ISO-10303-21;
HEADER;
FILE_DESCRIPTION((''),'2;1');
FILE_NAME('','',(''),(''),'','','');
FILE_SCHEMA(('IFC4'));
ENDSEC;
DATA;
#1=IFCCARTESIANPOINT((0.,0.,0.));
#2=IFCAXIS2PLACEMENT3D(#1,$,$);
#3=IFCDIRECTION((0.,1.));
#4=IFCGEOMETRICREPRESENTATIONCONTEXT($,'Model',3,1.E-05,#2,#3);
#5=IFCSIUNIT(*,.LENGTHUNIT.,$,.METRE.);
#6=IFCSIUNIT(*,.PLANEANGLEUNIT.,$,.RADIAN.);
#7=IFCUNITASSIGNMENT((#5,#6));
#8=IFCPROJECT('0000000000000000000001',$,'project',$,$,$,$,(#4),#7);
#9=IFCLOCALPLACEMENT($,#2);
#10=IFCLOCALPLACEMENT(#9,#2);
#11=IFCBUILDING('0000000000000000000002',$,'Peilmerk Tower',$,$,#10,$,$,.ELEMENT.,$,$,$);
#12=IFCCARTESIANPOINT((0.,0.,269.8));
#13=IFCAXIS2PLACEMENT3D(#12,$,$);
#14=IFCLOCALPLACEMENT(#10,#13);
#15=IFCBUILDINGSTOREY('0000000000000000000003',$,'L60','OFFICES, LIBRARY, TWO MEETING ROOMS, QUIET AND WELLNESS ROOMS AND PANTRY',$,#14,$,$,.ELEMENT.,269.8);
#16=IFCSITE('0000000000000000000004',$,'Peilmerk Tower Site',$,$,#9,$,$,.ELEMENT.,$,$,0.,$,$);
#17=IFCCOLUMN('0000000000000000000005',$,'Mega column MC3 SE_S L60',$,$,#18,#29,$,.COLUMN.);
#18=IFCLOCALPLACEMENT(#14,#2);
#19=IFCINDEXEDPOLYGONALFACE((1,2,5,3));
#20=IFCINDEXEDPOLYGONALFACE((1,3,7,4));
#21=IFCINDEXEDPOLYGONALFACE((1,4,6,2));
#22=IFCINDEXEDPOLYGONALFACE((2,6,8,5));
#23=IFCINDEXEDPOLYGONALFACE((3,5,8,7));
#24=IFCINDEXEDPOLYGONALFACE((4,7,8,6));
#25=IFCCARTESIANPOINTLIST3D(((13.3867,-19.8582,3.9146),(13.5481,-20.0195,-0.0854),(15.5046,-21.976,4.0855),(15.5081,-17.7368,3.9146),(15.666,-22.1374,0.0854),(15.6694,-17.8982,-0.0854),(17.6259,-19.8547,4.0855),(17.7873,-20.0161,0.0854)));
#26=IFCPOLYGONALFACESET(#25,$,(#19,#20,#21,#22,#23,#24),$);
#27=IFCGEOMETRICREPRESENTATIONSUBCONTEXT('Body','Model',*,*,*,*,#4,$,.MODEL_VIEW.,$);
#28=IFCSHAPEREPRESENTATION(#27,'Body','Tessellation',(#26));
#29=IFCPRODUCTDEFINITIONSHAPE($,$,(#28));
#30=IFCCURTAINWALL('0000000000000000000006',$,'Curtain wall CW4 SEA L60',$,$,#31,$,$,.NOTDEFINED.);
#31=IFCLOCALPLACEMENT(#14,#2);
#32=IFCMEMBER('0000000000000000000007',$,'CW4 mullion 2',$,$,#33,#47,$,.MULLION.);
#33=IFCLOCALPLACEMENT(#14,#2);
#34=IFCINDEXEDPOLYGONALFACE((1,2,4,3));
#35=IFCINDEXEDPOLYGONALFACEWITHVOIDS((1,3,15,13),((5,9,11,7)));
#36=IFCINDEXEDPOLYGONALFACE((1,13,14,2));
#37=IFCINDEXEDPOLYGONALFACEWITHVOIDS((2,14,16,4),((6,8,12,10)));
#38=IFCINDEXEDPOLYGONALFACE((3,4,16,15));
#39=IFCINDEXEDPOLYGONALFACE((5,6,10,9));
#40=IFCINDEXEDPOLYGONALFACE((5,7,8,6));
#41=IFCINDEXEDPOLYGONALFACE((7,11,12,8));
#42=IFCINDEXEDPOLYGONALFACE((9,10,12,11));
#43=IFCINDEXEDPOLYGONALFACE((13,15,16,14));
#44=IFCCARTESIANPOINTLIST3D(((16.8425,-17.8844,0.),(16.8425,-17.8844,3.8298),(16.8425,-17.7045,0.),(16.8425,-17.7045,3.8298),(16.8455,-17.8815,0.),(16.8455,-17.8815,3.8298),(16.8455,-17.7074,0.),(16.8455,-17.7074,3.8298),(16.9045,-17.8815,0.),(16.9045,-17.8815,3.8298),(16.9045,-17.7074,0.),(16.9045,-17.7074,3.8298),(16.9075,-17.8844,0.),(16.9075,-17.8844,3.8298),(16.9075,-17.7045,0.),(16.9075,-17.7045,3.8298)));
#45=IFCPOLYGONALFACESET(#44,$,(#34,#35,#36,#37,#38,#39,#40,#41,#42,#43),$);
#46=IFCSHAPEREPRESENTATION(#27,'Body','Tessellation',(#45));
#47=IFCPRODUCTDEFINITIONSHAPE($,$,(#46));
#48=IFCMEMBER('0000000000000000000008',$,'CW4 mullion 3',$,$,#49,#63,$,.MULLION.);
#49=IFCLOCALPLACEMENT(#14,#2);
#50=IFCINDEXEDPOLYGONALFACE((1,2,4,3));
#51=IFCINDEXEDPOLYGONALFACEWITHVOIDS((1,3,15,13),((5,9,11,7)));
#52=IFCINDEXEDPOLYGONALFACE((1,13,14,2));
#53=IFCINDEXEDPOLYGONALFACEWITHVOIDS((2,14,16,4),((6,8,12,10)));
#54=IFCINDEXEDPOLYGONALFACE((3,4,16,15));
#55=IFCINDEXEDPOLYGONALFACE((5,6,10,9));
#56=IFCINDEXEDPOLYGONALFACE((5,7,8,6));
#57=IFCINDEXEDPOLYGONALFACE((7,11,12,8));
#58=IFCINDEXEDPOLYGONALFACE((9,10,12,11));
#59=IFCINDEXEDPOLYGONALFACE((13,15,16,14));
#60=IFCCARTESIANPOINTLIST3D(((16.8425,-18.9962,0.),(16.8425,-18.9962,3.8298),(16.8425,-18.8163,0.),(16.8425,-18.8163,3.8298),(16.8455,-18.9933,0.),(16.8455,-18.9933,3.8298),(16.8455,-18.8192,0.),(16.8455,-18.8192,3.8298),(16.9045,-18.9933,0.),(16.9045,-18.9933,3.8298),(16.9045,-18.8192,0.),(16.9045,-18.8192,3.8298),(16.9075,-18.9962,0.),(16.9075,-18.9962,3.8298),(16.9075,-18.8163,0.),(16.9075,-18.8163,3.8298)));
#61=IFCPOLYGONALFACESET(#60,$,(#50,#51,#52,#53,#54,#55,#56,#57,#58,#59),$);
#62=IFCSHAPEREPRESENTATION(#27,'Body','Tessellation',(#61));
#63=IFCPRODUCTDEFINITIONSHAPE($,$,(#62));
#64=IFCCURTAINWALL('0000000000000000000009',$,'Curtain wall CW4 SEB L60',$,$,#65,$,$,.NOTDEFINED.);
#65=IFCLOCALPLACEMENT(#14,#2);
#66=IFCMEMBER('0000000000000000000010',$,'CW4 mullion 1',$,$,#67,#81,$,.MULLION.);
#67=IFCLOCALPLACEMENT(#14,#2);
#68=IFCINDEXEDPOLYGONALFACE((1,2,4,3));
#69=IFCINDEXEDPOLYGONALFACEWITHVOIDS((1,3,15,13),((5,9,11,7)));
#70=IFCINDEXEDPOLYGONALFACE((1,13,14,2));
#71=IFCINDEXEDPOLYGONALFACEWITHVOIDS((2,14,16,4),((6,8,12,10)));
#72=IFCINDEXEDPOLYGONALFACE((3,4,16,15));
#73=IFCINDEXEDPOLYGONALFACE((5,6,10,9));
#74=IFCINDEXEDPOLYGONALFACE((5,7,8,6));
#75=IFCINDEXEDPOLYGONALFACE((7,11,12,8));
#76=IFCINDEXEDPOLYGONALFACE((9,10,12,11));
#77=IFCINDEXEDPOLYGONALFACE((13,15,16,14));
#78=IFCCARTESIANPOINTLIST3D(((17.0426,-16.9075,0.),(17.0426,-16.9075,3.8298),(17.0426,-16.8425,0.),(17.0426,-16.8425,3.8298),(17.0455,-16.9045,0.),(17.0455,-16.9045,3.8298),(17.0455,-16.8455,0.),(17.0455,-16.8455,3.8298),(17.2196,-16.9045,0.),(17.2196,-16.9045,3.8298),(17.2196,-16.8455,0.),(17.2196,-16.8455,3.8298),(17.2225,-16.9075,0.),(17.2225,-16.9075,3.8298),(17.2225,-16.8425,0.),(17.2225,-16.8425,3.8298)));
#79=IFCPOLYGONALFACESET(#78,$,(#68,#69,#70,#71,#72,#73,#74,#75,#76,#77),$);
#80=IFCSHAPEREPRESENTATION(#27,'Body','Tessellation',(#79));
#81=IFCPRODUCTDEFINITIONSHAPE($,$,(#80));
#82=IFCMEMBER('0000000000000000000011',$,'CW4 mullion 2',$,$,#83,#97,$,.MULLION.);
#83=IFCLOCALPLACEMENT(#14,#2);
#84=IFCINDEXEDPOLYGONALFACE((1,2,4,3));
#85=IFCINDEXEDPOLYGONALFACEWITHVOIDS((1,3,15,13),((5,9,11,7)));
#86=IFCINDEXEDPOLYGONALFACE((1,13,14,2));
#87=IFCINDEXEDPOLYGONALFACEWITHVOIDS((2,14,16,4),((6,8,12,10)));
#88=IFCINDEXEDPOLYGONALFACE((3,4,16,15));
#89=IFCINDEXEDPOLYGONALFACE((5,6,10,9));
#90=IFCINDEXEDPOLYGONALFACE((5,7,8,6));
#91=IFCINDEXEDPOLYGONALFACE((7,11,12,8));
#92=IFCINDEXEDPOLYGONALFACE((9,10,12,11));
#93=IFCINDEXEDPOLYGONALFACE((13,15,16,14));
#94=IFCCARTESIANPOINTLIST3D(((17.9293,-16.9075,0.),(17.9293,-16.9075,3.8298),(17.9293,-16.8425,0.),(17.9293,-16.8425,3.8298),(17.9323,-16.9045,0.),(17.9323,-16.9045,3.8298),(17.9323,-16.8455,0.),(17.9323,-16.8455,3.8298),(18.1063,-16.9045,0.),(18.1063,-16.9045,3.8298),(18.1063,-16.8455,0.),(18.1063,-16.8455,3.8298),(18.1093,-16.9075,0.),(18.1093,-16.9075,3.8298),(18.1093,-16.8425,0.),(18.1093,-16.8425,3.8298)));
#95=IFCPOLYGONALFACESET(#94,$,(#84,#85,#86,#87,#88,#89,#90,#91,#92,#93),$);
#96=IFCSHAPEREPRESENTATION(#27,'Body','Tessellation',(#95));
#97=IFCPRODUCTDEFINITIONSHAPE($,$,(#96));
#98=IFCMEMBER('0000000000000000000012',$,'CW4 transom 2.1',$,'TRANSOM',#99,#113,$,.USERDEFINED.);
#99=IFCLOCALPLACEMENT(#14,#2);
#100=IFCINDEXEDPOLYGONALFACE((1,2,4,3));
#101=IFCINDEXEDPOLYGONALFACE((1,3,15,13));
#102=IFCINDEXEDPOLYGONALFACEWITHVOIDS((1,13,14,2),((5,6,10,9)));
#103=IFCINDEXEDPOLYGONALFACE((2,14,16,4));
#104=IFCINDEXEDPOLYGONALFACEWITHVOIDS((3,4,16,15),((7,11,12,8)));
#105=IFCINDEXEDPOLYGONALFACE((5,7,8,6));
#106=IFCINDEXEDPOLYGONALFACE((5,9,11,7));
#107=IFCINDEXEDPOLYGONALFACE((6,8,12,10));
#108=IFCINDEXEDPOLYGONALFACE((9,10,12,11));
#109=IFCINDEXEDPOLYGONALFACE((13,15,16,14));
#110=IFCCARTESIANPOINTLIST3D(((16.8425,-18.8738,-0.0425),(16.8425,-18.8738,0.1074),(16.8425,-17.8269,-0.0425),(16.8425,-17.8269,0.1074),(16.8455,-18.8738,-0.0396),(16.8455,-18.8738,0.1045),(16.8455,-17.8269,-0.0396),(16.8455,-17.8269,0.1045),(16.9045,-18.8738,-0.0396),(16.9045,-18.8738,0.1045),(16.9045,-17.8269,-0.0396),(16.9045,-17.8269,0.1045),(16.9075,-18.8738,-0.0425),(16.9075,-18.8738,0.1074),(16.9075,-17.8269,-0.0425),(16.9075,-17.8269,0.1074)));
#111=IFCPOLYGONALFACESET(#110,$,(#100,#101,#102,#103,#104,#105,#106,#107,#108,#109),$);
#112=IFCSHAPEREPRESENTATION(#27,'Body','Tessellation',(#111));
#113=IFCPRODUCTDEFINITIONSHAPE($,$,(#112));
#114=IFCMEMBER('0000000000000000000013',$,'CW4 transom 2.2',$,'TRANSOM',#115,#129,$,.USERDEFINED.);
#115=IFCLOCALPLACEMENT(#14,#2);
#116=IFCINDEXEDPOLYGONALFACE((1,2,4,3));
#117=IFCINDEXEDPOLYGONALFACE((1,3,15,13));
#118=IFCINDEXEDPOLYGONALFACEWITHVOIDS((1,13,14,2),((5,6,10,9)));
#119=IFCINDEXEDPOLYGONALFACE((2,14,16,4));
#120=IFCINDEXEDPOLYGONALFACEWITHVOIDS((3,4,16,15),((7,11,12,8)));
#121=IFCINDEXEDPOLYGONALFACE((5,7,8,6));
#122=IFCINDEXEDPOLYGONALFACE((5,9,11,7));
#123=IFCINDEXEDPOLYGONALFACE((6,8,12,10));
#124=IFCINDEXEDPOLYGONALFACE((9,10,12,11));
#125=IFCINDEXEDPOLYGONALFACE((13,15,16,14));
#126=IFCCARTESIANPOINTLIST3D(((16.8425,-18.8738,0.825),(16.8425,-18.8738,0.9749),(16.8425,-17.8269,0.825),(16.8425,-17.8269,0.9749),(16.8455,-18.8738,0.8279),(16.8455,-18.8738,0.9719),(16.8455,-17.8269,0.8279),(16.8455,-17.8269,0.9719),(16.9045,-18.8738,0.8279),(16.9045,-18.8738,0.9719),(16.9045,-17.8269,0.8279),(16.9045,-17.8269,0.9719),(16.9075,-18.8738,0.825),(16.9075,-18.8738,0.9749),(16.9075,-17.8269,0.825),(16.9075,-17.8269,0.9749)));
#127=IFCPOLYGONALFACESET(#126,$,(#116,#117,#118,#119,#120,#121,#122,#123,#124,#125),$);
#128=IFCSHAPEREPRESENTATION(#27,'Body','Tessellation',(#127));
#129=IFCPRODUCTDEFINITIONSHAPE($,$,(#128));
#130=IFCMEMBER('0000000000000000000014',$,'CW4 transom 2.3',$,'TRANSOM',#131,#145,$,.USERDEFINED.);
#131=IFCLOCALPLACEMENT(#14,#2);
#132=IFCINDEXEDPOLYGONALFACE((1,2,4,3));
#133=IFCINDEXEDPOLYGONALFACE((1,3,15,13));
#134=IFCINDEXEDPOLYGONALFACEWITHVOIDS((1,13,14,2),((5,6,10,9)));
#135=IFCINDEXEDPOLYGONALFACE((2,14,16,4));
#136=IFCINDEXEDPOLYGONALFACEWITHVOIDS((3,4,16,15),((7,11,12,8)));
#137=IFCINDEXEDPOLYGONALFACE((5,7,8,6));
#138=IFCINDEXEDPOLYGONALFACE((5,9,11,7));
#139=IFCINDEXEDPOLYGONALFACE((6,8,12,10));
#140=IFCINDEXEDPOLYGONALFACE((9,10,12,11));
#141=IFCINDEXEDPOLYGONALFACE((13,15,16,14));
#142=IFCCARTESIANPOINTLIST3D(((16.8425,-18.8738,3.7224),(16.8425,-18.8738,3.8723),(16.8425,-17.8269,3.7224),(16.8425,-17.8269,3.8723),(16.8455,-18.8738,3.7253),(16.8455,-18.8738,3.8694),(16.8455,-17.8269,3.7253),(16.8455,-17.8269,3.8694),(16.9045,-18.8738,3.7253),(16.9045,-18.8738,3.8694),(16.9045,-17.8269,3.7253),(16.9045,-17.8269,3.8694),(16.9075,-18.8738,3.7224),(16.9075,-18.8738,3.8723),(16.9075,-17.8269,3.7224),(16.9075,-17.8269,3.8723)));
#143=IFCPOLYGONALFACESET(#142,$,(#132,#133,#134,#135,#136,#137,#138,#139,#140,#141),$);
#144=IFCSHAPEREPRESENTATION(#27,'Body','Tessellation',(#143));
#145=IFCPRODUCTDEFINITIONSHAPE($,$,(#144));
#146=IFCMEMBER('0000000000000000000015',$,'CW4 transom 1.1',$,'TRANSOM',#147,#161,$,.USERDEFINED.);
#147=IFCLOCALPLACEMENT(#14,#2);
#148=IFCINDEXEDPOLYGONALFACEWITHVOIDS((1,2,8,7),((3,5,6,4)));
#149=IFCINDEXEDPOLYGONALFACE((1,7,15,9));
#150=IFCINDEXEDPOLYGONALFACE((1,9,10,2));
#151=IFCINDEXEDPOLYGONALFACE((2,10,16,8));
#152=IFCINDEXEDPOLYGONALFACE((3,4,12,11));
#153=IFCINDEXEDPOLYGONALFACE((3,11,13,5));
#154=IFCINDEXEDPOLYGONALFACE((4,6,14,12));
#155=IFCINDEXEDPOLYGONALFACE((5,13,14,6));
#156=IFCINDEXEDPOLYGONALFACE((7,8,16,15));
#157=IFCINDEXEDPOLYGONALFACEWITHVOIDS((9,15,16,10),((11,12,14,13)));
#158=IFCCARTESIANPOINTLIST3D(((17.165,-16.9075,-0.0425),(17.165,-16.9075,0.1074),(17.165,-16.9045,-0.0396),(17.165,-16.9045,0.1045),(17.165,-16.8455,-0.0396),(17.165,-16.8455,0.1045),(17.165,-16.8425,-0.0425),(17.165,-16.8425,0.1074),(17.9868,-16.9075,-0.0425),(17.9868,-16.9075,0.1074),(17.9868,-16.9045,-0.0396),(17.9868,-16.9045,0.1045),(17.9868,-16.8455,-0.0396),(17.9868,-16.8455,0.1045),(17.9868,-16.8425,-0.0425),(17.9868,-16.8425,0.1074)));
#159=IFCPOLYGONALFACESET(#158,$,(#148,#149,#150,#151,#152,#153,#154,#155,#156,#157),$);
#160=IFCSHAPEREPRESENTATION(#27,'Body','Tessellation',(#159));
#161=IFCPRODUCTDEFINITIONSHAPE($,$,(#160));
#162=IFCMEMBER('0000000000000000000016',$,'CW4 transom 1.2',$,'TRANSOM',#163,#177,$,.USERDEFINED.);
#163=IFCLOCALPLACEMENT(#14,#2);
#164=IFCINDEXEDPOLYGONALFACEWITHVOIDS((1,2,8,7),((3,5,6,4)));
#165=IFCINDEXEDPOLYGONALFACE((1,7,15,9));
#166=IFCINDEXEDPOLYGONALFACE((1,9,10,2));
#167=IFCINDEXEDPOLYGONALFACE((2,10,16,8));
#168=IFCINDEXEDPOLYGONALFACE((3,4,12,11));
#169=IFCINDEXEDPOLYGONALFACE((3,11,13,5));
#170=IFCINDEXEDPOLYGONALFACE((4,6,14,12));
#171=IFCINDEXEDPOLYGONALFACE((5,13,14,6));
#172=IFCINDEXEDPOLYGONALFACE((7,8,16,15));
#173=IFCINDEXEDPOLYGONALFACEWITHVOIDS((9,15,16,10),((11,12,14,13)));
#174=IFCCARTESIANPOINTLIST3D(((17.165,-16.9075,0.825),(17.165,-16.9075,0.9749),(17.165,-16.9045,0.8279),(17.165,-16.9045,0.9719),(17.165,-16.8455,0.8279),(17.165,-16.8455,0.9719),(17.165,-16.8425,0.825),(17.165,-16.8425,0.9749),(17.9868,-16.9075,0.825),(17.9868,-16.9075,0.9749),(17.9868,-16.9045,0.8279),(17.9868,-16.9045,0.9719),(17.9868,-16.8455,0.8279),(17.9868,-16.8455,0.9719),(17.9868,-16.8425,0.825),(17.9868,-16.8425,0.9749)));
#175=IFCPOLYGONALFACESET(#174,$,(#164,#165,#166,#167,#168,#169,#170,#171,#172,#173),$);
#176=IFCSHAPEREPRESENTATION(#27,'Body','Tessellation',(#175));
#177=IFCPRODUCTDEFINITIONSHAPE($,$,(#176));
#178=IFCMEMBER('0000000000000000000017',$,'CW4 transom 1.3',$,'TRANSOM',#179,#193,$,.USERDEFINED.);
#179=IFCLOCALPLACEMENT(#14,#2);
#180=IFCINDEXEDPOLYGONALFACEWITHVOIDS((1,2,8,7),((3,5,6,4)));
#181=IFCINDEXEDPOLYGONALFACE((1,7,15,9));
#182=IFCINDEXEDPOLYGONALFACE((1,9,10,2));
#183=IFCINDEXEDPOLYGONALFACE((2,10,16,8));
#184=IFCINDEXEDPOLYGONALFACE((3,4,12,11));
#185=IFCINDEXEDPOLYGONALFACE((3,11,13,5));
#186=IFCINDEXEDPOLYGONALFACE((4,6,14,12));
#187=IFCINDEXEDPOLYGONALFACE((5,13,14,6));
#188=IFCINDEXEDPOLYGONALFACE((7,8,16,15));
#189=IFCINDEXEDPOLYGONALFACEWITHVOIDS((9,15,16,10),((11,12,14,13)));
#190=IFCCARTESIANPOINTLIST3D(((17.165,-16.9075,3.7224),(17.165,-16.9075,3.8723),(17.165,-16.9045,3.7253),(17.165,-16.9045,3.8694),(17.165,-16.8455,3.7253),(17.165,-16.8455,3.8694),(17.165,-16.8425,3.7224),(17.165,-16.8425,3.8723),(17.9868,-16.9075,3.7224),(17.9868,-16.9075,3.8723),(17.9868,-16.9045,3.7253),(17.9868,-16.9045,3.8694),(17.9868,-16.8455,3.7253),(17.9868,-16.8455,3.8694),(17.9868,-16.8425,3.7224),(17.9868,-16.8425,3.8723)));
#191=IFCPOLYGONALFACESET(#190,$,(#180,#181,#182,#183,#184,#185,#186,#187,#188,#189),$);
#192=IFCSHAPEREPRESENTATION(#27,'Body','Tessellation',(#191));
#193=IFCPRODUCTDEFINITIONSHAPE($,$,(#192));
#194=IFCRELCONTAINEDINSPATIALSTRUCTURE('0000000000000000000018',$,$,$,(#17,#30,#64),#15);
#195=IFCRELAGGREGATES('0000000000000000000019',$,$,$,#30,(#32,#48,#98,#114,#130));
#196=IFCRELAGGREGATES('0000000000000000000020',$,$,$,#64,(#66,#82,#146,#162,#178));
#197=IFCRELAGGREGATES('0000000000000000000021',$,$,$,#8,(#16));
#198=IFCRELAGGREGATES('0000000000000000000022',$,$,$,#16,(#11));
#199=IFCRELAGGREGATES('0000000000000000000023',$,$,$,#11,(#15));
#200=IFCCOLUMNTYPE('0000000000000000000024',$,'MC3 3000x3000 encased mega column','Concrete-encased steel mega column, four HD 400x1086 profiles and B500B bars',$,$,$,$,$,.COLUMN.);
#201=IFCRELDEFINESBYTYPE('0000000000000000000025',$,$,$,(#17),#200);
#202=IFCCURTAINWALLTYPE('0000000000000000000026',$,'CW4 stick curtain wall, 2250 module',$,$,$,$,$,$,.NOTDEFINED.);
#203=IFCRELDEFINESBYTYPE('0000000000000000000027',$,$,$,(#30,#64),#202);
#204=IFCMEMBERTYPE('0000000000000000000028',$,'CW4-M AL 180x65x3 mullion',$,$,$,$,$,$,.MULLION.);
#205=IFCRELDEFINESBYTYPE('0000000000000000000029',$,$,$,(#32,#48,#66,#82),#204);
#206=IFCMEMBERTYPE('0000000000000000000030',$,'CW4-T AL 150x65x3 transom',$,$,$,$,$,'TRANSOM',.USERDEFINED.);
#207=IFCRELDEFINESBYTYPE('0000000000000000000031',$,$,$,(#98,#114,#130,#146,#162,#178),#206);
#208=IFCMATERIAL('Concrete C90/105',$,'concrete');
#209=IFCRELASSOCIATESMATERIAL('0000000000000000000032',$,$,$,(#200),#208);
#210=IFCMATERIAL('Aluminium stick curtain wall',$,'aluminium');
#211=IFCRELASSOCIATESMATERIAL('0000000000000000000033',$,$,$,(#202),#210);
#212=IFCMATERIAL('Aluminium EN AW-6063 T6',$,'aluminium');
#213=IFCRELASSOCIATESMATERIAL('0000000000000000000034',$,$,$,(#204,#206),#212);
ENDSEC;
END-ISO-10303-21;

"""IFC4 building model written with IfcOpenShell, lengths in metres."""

from ifc_helpers import new_model, si_unit, direction, frame, origin, origin_2d, place, context, subcontext, project, spatial, rectangle, hollow_rectangle, extrude, material, material_profile, profile_set, type_object, element, aggregate, save


model = new_model("IFC4")

# Units and contexts
model_context = context("Model", 3, precision=1e-05, world=origin(), true_north=direction((0.0, 1.0)))
body_context = subcontext(model_context, "Body", "Model", "MODEL_VIEW")
ifc_project = project(units=[si_unit("LENGTHUNIT", "METRE"), si_unit("PLANEANGLEUNIT", "RADIAN")], contexts=[model_context])

# Site, building, storey
site_placement = place(None, origin())
site = spatial("IfcSite", under=ifc_project, at=site_placement, Name="Peilmerk Tower Site", CompositionType="ELEMENT", RefElevation=0.0)
building_placement = place(site_placement, origin())
building = spatial("IfcBuilding", under=site, at=building_placement, Name="Peilmerk Tower", CompositionType="ELEMENT")
storey_placement = place(building_placement, frame((0.0, 0.0, 269.8)))
storey = spatial("IfcBuildingStorey", under=building, at=storey_placement, Name="L60", Description="OFFICES, LIBRARY, TWO MEETING ROOMS, QUIET AND WELLNESS ROOMS AND PANTRY", CompositionType="ELEMENT", Elevation=269.8)

# Column
ifc_material_1 = material(Name="Concrete C90/105", Category="concrete")
ifc_material_profile_1 = material_profile(ifc_material_1, rectangle(XDim=3.0, YDim=3.0, at=origin_2d()), Name="RC 3000x3000")
ifc_profile_set_1 = profile_set([ifc_material_profile_1], Name="Concrete C90/105")
column_type = type_object("IfcColumnType", Name="MC3 3000x3000 encased mega column", Description="Concrete-encased steel mega column, four HD 400x1086 profiles and B500B bars", PredefinedType="COLUMN", material=ifc_profile_set_1)
column_placement = place(storey_placement, frame((15.6677, -20.0178, 0.0), z_axis=(-0.040279, 0.040279, 0.998376), x_axis=(-0.707107, -0.707107, 0.0)))
element("IfcColumn", 1, at=column_placement, inside=storey, type_object=column_type, Name="Mega column MC3 SE_S L60", PredefinedType="COLUMN", context=body_context, shape_type="SweptSolid", body=[
    extrude(rectangle(XDim=3.0, YDim=3.0, at=origin_2d()), origin(), (0.0, 0.0, 1.0), 4.0066),
])

# Curtain walls, members
ifc_material_2 = material(Name="Aluminium stick curtain wall", Category="aluminium")
curtain_wall_type = type_object("IfcCurtainWallType", Name="CW4 stick curtain wall, 2250 module", PredefinedType="NOTDEFINED", material=ifc_material_2)
curtain_wall_1_placement = place(storey_placement, origin())
curtain_wall_1 = element("IfcCurtainWall", 2, at=curtain_wall_1_placement, inside=storey, type_object=curtain_wall_type, Name="Curtain wall CW4 SEA L60", PredefinedType="NOTDEFINED")
ifc_material_3 = material(Name="Aluminium EN AW-6063 T6", Category="aluminium")
ifc_material_profile_2 = material_profile(ifc_material_3, hollow_rectangle(XDim=0.0649, YDim=0.1799, WallThickness=0.0029, at=origin_2d()), Name="AL 180x65x3")
ifc_profile_set_2 = profile_set([ifc_material_profile_2], Name="Aluminium EN AW-6063 T6")
member_type_1 = type_object("IfcMemberType", Name="CW4-M AL 180x65x3 mullion", PredefinedType="MULLION", material=ifc_profile_set_2)
member_1_placement = place(storey_placement, frame((16.875, -17.7944, 0.0), z_axis=(0.0, 0.0, 1.0), x_axis=(1.0, 0.0, 0.0)))
member_1 = element("IfcMember", 3, at=member_1_placement, type_object=member_type_1, Name="CW4 mullion 2", PredefinedType="MULLION", context=body_context, shape_type="SweptSolid", body=[
    extrude(hollow_rectangle(XDim=0.0649, YDim=0.1799, WallThickness=0.0029, at=origin_2d()), origin(), (0.0, 0.0, 1.0), 3.8298),
])
member_2_placement = place(storey_placement, frame((16.875, -18.9062, 0.0), z_axis=(0.0, 0.0, 1.0), x_axis=(1.0, 0.0, 0.0)))
member_2 = element("IfcMember", 4, at=member_2_placement, type_object=member_type_1, Name="CW4 mullion 3", PredefinedType="MULLION", context=body_context, shape_type="SweptSolid", body=[
    extrude(hollow_rectangle(XDim=0.0649, YDim=0.1799, WallThickness=0.0029, at=origin_2d()), origin(), (0.0, 0.0, 1.0), 3.8298),
])
curtain_wall_2_placement = place(storey_placement, origin())
curtain_wall_2 = element("IfcCurtainWall", 5, at=curtain_wall_2_placement, inside=storey, type_object=curtain_wall_type, Name="Curtain wall CW4 SEB L60", PredefinedType="NOTDEFINED")
member_3_placement = place(storey_placement, frame((17.1326, -16.875, 0.0), z_axis=(0.0, 0.0, 1.0), x_axis=(0.0, 1.0, 0.0)))
member_3 = element("IfcMember", 6, at=member_3_placement, type_object=member_type_1, Name="CW4 mullion 1", PredefinedType="MULLION", context=body_context, shape_type="SweptSolid", body=[
    extrude(hollow_rectangle(XDim=0.0649, YDim=0.1799, WallThickness=0.0029, at=origin_2d()), origin(), (0.0, 0.0, 1.0), 3.8298),
])
member_4_placement = place(storey_placement, frame((18.0193, -16.875, 0.0), z_axis=(0.0, 0.0, 1.0), x_axis=(0.0, 1.0, 0.0)))
member_4 = element("IfcMember", 7, at=member_4_placement, type_object=member_type_1, Name="CW4 mullion 2", PredefinedType="MULLION", context=body_context, shape_type="SweptSolid", body=[
    extrude(hollow_rectangle(XDim=0.0649, YDim=0.1799, WallThickness=0.0029, at=origin_2d()), origin(), (0.0, 0.0, 1.0), 3.8298),
])

# Members
ifc_material_profile_3 = material_profile(ifc_material_3, hollow_rectangle(XDim=0.0649, YDim=0.1499, WallThickness=0.0029, at=origin_2d()), Name="AL 150x65x3")
ifc_profile_set_3 = profile_set([ifc_material_profile_3], Name="Aluminium EN AW-6063 T6")
member_type_2 = type_object("IfcMemberType", Name="CW4-T AL 150x65x3 transom", ElementType="TRANSOM", PredefinedType="USERDEFINED", material=ifc_profile_set_3)
member_5_placement = place(storey_placement, frame((16.875, -17.8269, 0.0325), z_axis=(0.0, -1.0, 0.0), x_axis=(1.0, 0.0, 0.0)))
member_5 = element("IfcMember", 8, at=member_5_placement, type_object=member_type_2, Name="CW4 transom 2.1", ObjectType="TRANSOM", PredefinedType="USERDEFINED", context=body_context, shape_type="SweptSolid", body=[
    extrude(hollow_rectangle(XDim=0.0649, YDim=0.1499, WallThickness=0.0029, at=origin_2d()), origin(), (0.0, 0.0, 1.0), 1.0469),
])
member_6_placement = place(storey_placement, frame((16.875, -17.8269, 0.8999), z_axis=(0.0, -1.0, 0.0), x_axis=(1.0, 0.0, 0.0)))
member_6 = element("IfcMember", 9, at=member_6_placement, type_object=member_type_2, Name="CW4 transom 2.2", ObjectType="TRANSOM", PredefinedType="USERDEFINED", context=body_context, shape_type="SweptSolid", body=[
    extrude(hollow_rectangle(XDim=0.0649, YDim=0.1499, WallThickness=0.0029, at=origin_2d()), origin(), (0.0, 0.0, 1.0), 1.0469),
])
member_7_placement = place(storey_placement, frame((16.875, -17.8269, 3.7974), z_axis=(0.0, -1.0, 0.0), x_axis=(1.0, 0.0, 0.0)))
member_7 = element("IfcMember", 10, at=member_7_placement, type_object=member_type_2, Name="CW4 transom 2.3", ObjectType="TRANSOM", PredefinedType="USERDEFINED", context=body_context, shape_type="SweptSolid", body=[
    extrude(hollow_rectangle(XDim=0.0649, YDim=0.1499, WallThickness=0.0029, at=origin_2d()), origin(), (0.0, 0.0, 1.0), 1.0469),
])
member_8_placement = place(storey_placement, frame((17.165, -16.875, 0.0325), z_axis=(1.0, 0.0, 0.0), x_axis=(0.0, 1.0, 0.0)))
member_8 = element("IfcMember", 11, at=member_8_placement, type_object=member_type_2, Name="CW4 transom 1.1", ObjectType="TRANSOM", PredefinedType="USERDEFINED", context=body_context, shape_type="SweptSolid", body=[
    extrude(hollow_rectangle(XDim=0.0649, YDim=0.1499, WallThickness=0.0029, at=origin_2d()), origin(), (0.0, 0.0, 1.0), 0.8218),
])
member_9_placement = place(storey_placement, frame((17.165, -16.875, 0.8999), z_axis=(1.0, 0.0, 0.0), x_axis=(0.0, 1.0, 0.0)))
member_9 = element("IfcMember", 12, at=member_9_placement, type_object=member_type_2, Name="CW4 transom 1.2", ObjectType="TRANSOM", PredefinedType="USERDEFINED", context=body_context, shape_type="SweptSolid", body=[
    extrude(hollow_rectangle(XDim=0.0649, YDim=0.1499, WallThickness=0.0029, at=origin_2d()), origin(), (0.0, 0.0, 1.0), 0.8218),
])
member_10_placement = place(storey_placement, frame((17.165, -16.875, 3.7974), z_axis=(1.0, 0.0, 0.0), x_axis=(0.0, 1.0, 0.0)))
member_10 = element("IfcMember", 13, at=member_10_placement, type_object=member_type_2, Name="CW4 transom 1.3", ObjectType="TRANSOM", PredefinedType="USERDEFINED", context=body_context, shape_type="SweptSolid", body=[
    extrude(hollow_rectangle(XDim=0.0649, YDim=0.1499, WallThickness=0.0029, at=origin_2d()), origin(), (0.0, 0.0, 1.0), 0.8218),
])

aggregate(curtain_wall_1, [member_1, member_2, member_5, member_6, member_7])
aggregate(curtain_wall_2, [member_3, member_4, member_8, member_9, member_10])

save(model, "model.ifc")
